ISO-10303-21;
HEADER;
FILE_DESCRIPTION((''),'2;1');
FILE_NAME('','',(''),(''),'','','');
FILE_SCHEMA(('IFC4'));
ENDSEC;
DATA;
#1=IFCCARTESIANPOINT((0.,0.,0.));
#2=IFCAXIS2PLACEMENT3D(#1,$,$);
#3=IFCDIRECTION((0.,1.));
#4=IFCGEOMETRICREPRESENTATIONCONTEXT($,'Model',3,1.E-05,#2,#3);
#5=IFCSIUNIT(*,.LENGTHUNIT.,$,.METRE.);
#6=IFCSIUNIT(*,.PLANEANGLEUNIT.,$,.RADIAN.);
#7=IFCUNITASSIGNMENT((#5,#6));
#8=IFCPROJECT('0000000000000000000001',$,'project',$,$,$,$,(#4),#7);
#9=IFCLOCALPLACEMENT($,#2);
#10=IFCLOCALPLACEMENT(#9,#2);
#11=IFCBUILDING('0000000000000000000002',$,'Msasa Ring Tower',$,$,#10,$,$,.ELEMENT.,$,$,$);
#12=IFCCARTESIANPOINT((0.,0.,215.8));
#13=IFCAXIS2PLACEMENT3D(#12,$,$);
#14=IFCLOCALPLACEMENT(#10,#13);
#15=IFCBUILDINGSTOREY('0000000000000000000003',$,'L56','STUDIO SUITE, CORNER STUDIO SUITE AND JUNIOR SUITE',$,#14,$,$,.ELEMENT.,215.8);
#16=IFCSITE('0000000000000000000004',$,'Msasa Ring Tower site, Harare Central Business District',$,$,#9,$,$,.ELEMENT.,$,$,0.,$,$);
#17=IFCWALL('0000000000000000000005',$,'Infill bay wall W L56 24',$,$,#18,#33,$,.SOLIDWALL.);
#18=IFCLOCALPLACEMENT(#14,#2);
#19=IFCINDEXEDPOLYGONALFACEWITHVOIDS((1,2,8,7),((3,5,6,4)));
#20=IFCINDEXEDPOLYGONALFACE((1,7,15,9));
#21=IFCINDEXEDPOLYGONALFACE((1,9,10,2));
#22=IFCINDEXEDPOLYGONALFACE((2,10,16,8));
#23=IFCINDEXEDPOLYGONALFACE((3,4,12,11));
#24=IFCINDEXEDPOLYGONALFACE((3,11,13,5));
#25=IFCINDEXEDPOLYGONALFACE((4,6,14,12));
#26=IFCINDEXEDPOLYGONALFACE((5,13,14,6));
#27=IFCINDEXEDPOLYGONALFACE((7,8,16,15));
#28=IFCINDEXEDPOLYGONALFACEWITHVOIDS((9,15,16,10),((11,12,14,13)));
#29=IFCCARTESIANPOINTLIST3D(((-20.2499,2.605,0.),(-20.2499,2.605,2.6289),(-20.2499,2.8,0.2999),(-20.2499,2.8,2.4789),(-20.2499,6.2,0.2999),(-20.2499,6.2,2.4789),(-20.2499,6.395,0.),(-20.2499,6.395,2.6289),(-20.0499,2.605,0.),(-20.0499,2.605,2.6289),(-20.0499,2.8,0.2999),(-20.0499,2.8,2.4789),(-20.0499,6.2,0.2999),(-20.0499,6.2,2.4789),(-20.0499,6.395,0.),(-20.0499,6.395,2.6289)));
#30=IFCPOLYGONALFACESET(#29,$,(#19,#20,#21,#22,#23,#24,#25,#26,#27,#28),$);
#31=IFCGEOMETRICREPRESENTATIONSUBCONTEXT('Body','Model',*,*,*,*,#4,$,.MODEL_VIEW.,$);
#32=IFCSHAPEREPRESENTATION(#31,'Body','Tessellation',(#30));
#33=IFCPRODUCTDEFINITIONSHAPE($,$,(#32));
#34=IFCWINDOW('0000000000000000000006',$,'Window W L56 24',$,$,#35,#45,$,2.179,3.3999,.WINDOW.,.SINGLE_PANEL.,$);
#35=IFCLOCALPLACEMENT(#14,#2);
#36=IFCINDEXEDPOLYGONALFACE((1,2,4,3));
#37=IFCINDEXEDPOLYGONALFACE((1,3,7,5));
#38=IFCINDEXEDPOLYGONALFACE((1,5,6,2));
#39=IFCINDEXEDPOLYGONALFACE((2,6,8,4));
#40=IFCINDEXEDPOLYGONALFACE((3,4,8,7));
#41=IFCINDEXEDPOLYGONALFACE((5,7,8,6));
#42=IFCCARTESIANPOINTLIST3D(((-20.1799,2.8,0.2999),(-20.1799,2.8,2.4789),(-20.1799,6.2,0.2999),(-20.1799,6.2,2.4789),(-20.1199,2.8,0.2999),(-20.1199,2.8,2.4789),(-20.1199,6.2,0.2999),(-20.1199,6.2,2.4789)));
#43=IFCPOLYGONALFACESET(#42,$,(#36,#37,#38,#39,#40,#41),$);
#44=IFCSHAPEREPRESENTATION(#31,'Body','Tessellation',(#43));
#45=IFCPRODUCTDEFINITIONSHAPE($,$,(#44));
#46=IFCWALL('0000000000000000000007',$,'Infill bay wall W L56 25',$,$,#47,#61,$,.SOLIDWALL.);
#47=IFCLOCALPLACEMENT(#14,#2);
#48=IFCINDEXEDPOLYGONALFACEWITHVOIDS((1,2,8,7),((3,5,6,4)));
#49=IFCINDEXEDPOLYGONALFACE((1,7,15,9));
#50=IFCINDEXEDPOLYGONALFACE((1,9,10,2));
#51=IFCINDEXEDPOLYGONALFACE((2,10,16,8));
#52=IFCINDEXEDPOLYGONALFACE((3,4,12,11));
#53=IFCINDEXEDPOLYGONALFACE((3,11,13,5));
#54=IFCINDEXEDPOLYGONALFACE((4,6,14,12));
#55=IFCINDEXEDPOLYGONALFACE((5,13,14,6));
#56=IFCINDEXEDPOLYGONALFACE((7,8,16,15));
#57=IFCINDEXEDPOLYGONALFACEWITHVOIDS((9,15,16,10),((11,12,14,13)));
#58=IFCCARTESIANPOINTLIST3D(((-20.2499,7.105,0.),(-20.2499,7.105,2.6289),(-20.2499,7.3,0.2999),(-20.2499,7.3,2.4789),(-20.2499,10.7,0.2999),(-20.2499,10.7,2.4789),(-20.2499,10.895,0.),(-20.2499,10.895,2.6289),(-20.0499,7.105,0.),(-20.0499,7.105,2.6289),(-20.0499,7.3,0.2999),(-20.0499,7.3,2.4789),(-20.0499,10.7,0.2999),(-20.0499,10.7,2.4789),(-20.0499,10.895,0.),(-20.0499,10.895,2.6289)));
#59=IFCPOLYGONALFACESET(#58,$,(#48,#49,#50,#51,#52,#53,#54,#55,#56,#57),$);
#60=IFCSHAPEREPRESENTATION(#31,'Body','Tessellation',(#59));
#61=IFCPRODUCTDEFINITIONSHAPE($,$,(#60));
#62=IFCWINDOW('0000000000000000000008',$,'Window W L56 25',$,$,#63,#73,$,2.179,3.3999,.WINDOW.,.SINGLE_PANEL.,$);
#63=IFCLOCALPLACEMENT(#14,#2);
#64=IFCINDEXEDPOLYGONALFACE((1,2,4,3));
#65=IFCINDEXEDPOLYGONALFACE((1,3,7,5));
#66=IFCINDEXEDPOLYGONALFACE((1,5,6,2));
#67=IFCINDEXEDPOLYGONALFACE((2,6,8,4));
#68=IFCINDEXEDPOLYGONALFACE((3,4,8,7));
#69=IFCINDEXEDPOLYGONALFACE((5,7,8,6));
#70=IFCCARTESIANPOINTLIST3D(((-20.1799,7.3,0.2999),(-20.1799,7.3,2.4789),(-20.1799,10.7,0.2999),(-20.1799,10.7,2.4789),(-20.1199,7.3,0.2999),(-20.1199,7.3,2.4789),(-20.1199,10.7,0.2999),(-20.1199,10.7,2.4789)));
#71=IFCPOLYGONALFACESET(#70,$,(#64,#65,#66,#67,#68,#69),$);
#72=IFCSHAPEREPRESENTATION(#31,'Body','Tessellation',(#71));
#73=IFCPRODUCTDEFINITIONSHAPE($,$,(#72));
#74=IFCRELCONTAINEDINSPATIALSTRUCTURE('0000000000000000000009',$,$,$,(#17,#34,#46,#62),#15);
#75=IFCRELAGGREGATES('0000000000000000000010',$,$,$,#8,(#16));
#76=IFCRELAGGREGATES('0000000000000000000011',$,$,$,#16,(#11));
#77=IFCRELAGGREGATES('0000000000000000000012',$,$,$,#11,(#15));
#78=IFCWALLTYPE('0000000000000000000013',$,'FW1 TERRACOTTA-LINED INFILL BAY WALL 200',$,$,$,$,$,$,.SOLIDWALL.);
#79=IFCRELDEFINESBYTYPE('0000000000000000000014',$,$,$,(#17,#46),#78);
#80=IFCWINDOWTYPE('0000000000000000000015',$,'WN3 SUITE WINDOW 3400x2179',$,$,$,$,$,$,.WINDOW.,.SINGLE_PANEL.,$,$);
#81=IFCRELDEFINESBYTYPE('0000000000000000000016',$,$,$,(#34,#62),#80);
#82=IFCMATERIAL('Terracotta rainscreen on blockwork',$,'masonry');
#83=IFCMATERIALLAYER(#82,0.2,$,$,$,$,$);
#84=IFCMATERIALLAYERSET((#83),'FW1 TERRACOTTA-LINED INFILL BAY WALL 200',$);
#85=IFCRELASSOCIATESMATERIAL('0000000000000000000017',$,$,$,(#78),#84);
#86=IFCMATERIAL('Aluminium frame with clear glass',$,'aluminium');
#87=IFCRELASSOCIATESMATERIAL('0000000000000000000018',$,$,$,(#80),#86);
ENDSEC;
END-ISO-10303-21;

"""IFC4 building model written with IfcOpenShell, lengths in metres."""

from ifc_helpers import new_model, si_unit, direction, frame, frame_2d, origin, place, context, subcontext, project, spatial, rectangle, extrude, material, layer, layer_set, type_object, element, fill, save


model = new_model("IFC4")

# Units and contexts
model_context = context("Model", 3, precision=1e-05, world=origin(), true_north=direction((0.0, 1.0)))
body_context = subcontext(model_context, "Body", "Model", "MODEL_VIEW")
ifc_project = project(units=[si_unit("LENGTHUNIT", "METRE"), si_unit("PLANEANGLEUNIT", "RADIAN")], contexts=[model_context])

# Site, building, storey
site_placement = place(None, origin())
site = spatial("IfcSite", under=ifc_project, at=site_placement, Name="Msasa Ring Tower site, Harare Central Business District", CompositionType="ELEMENT", RefElevation=0.0)
building_placement = place(site_placement, origin())
building = spatial("IfcBuilding", under=site, at=building_placement, Name="Msasa Ring Tower", CompositionType="ELEMENT")
storey_placement = place(building_placement, frame((0.0, 0.0, 215.8)))
storey = spatial("IfcBuildingStorey", under=building, at=storey_placement, Name="L56", Description="STUDIO SUITE, CORNER STUDIO SUITE AND JUNIOR SUITE", CompositionType="ELEMENT", Elevation=215.8)

# Walls, openings, windows
ifc_material_1 = material(Name="Terracotta rainscreen on blockwork", Category="masonry")
ifc_layer_1 = layer(ifc_material_1, 0.2)
ifc_layer_set_1 = layer_set([ifc_layer_1], Name="FW1 TERRACOTTA-LINED INFILL BAY WALL 200")
wall_type_1 = type_object("IfcWallType", Name="FW1 TERRACOTTA-LINED INFILL BAY WALL 200", PredefinedType="SOLIDWALL", material=ifc_layer_set_1)
wall_1_placement = place(storey_placement, frame((-20.1499, 2.605, 0.0), z_axis=(0.0, 0.0, 1.0), x_axis=(0.0, 1.0, 0.0)))
wall_1 = element("IfcWall", 1, at=wall_1_placement, inside=storey, type_object=wall_type_1, Name="Infill bay wall W L56 24", PredefinedType="SOLIDWALL", context=body_context, shape_type="SweptSolid", body=[
    extrude(rectangle(XDim=3.79, YDim=0.2, at=frame_2d((1.895, 0.0))), origin(), (0.0, 0.0, 1.0), 2.6289),
])
opening_1_placement = place(wall_1_placement, frame((0.1951, 0.0, 0.3)))
opening_1 = element("IfcOpeningElement", 2, at=opening_1_placement, cuts=wall_1, PredefinedType="OPENING", context=body_context, shape_type="SweptSolid", body=[
    extrude(rectangle(XDim=3.3999, YDim=2.179, at=frame_2d((1.7, 1.0894))), frame((0.0, 0.1099, 0.0), z_axis=(0.0, -1.0, 0.0), x_axis=(1.0, 0.0, 0.0)), (0.0, 0.0, 1.0), 0.22),
])
ifc_material_2 = material(Name="Aluminium frame with clear glass", Category="aluminium")
window_type = type_object("IfcWindowType", Name="WN3 SUITE WINDOW 3400x2179", PartitioningType="SINGLE_PANEL", PredefinedType="WINDOW", material=ifc_material_2)
window_1_placement = place(opening_1_placement, origin())
window_1 = element("IfcWindow", 3, at=window_1_placement, inside=storey, type_object=window_type, Name="Window W L56 24", OverallHeight=2.179, OverallWidth=3.3999, PartitioningType="SINGLE_PANEL", PredefinedType="WINDOW", context=body_context, shape_type="SweptSolid", body=[
    extrude(rectangle(XDim=3.3999, YDim=2.179, at=frame_2d((1.7, 1.0894))), frame((0.0, 0.03, 0.0), z_axis=(0.0, -1.0, 0.0), x_axis=(1.0, 0.0, 0.0)), (0.0, 0.0, 1.0), 0.0601),
])
fill(opening_1, window_1)
wall_2_placement = place(storey_placement, frame((-20.1499, 7.105, 0.0), z_axis=(0.0, 0.0, 1.0), x_axis=(0.0, 1.0, 0.0)))
wall_2 = element("IfcWall", 4, at=wall_2_placement, inside=storey, type_object=wall_type_1, Name="Infill bay wall W L56 25", PredefinedType="SOLIDWALL", context=body_context, shape_type="SweptSolid", body=[
    extrude(rectangle(XDim=3.79, YDim=0.2, at=frame_2d((1.895, 0.0))), origin(), (0.0, 0.0, 1.0), 2.6289),
])
opening_2_placement = place(wall_2_placement, frame((0.1951, 0.0, 0.3)))
opening_2 = element("IfcOpeningElement", 5, at=opening_2_placement, cuts=wall_2, PredefinedType="OPENING", context=body_context, shape_type="SweptSolid", body=[
    extrude(rectangle(XDim=3.3999, YDim=2.179, at=frame_2d((1.7, 1.0894))), frame((0.0, 0.1099, 0.0), z_axis=(0.0, -1.0, 0.0), x_axis=(1.0, 0.0, 0.0)), (0.0, 0.0, 1.0), 0.22),
])
window_2_placement = place(opening_2_placement, origin())
window_2 = element("IfcWindow", 6, at=window_2_placement, inside=storey, type_object=window_type, Name="Window W L56 25", OverallHeight=2.179, OverallWidth=3.3999, PartitioningType="SINGLE_PANEL", PredefinedType="WINDOW", context=body_context, shape_type="SweptSolid", body=[
    extrude(rectangle(XDim=3.3999, YDim=2.179, at=frame_2d((1.7, 1.0894))), frame((0.0, 0.03, 0.0), z_axis=(0.0, -1.0, 0.0), x_axis=(1.0, 0.0, 0.0)), (0.0, 0.0, 1.0), 0.0601),
])
fill(opening_2, window_2)

save(model, "model.ifc")
